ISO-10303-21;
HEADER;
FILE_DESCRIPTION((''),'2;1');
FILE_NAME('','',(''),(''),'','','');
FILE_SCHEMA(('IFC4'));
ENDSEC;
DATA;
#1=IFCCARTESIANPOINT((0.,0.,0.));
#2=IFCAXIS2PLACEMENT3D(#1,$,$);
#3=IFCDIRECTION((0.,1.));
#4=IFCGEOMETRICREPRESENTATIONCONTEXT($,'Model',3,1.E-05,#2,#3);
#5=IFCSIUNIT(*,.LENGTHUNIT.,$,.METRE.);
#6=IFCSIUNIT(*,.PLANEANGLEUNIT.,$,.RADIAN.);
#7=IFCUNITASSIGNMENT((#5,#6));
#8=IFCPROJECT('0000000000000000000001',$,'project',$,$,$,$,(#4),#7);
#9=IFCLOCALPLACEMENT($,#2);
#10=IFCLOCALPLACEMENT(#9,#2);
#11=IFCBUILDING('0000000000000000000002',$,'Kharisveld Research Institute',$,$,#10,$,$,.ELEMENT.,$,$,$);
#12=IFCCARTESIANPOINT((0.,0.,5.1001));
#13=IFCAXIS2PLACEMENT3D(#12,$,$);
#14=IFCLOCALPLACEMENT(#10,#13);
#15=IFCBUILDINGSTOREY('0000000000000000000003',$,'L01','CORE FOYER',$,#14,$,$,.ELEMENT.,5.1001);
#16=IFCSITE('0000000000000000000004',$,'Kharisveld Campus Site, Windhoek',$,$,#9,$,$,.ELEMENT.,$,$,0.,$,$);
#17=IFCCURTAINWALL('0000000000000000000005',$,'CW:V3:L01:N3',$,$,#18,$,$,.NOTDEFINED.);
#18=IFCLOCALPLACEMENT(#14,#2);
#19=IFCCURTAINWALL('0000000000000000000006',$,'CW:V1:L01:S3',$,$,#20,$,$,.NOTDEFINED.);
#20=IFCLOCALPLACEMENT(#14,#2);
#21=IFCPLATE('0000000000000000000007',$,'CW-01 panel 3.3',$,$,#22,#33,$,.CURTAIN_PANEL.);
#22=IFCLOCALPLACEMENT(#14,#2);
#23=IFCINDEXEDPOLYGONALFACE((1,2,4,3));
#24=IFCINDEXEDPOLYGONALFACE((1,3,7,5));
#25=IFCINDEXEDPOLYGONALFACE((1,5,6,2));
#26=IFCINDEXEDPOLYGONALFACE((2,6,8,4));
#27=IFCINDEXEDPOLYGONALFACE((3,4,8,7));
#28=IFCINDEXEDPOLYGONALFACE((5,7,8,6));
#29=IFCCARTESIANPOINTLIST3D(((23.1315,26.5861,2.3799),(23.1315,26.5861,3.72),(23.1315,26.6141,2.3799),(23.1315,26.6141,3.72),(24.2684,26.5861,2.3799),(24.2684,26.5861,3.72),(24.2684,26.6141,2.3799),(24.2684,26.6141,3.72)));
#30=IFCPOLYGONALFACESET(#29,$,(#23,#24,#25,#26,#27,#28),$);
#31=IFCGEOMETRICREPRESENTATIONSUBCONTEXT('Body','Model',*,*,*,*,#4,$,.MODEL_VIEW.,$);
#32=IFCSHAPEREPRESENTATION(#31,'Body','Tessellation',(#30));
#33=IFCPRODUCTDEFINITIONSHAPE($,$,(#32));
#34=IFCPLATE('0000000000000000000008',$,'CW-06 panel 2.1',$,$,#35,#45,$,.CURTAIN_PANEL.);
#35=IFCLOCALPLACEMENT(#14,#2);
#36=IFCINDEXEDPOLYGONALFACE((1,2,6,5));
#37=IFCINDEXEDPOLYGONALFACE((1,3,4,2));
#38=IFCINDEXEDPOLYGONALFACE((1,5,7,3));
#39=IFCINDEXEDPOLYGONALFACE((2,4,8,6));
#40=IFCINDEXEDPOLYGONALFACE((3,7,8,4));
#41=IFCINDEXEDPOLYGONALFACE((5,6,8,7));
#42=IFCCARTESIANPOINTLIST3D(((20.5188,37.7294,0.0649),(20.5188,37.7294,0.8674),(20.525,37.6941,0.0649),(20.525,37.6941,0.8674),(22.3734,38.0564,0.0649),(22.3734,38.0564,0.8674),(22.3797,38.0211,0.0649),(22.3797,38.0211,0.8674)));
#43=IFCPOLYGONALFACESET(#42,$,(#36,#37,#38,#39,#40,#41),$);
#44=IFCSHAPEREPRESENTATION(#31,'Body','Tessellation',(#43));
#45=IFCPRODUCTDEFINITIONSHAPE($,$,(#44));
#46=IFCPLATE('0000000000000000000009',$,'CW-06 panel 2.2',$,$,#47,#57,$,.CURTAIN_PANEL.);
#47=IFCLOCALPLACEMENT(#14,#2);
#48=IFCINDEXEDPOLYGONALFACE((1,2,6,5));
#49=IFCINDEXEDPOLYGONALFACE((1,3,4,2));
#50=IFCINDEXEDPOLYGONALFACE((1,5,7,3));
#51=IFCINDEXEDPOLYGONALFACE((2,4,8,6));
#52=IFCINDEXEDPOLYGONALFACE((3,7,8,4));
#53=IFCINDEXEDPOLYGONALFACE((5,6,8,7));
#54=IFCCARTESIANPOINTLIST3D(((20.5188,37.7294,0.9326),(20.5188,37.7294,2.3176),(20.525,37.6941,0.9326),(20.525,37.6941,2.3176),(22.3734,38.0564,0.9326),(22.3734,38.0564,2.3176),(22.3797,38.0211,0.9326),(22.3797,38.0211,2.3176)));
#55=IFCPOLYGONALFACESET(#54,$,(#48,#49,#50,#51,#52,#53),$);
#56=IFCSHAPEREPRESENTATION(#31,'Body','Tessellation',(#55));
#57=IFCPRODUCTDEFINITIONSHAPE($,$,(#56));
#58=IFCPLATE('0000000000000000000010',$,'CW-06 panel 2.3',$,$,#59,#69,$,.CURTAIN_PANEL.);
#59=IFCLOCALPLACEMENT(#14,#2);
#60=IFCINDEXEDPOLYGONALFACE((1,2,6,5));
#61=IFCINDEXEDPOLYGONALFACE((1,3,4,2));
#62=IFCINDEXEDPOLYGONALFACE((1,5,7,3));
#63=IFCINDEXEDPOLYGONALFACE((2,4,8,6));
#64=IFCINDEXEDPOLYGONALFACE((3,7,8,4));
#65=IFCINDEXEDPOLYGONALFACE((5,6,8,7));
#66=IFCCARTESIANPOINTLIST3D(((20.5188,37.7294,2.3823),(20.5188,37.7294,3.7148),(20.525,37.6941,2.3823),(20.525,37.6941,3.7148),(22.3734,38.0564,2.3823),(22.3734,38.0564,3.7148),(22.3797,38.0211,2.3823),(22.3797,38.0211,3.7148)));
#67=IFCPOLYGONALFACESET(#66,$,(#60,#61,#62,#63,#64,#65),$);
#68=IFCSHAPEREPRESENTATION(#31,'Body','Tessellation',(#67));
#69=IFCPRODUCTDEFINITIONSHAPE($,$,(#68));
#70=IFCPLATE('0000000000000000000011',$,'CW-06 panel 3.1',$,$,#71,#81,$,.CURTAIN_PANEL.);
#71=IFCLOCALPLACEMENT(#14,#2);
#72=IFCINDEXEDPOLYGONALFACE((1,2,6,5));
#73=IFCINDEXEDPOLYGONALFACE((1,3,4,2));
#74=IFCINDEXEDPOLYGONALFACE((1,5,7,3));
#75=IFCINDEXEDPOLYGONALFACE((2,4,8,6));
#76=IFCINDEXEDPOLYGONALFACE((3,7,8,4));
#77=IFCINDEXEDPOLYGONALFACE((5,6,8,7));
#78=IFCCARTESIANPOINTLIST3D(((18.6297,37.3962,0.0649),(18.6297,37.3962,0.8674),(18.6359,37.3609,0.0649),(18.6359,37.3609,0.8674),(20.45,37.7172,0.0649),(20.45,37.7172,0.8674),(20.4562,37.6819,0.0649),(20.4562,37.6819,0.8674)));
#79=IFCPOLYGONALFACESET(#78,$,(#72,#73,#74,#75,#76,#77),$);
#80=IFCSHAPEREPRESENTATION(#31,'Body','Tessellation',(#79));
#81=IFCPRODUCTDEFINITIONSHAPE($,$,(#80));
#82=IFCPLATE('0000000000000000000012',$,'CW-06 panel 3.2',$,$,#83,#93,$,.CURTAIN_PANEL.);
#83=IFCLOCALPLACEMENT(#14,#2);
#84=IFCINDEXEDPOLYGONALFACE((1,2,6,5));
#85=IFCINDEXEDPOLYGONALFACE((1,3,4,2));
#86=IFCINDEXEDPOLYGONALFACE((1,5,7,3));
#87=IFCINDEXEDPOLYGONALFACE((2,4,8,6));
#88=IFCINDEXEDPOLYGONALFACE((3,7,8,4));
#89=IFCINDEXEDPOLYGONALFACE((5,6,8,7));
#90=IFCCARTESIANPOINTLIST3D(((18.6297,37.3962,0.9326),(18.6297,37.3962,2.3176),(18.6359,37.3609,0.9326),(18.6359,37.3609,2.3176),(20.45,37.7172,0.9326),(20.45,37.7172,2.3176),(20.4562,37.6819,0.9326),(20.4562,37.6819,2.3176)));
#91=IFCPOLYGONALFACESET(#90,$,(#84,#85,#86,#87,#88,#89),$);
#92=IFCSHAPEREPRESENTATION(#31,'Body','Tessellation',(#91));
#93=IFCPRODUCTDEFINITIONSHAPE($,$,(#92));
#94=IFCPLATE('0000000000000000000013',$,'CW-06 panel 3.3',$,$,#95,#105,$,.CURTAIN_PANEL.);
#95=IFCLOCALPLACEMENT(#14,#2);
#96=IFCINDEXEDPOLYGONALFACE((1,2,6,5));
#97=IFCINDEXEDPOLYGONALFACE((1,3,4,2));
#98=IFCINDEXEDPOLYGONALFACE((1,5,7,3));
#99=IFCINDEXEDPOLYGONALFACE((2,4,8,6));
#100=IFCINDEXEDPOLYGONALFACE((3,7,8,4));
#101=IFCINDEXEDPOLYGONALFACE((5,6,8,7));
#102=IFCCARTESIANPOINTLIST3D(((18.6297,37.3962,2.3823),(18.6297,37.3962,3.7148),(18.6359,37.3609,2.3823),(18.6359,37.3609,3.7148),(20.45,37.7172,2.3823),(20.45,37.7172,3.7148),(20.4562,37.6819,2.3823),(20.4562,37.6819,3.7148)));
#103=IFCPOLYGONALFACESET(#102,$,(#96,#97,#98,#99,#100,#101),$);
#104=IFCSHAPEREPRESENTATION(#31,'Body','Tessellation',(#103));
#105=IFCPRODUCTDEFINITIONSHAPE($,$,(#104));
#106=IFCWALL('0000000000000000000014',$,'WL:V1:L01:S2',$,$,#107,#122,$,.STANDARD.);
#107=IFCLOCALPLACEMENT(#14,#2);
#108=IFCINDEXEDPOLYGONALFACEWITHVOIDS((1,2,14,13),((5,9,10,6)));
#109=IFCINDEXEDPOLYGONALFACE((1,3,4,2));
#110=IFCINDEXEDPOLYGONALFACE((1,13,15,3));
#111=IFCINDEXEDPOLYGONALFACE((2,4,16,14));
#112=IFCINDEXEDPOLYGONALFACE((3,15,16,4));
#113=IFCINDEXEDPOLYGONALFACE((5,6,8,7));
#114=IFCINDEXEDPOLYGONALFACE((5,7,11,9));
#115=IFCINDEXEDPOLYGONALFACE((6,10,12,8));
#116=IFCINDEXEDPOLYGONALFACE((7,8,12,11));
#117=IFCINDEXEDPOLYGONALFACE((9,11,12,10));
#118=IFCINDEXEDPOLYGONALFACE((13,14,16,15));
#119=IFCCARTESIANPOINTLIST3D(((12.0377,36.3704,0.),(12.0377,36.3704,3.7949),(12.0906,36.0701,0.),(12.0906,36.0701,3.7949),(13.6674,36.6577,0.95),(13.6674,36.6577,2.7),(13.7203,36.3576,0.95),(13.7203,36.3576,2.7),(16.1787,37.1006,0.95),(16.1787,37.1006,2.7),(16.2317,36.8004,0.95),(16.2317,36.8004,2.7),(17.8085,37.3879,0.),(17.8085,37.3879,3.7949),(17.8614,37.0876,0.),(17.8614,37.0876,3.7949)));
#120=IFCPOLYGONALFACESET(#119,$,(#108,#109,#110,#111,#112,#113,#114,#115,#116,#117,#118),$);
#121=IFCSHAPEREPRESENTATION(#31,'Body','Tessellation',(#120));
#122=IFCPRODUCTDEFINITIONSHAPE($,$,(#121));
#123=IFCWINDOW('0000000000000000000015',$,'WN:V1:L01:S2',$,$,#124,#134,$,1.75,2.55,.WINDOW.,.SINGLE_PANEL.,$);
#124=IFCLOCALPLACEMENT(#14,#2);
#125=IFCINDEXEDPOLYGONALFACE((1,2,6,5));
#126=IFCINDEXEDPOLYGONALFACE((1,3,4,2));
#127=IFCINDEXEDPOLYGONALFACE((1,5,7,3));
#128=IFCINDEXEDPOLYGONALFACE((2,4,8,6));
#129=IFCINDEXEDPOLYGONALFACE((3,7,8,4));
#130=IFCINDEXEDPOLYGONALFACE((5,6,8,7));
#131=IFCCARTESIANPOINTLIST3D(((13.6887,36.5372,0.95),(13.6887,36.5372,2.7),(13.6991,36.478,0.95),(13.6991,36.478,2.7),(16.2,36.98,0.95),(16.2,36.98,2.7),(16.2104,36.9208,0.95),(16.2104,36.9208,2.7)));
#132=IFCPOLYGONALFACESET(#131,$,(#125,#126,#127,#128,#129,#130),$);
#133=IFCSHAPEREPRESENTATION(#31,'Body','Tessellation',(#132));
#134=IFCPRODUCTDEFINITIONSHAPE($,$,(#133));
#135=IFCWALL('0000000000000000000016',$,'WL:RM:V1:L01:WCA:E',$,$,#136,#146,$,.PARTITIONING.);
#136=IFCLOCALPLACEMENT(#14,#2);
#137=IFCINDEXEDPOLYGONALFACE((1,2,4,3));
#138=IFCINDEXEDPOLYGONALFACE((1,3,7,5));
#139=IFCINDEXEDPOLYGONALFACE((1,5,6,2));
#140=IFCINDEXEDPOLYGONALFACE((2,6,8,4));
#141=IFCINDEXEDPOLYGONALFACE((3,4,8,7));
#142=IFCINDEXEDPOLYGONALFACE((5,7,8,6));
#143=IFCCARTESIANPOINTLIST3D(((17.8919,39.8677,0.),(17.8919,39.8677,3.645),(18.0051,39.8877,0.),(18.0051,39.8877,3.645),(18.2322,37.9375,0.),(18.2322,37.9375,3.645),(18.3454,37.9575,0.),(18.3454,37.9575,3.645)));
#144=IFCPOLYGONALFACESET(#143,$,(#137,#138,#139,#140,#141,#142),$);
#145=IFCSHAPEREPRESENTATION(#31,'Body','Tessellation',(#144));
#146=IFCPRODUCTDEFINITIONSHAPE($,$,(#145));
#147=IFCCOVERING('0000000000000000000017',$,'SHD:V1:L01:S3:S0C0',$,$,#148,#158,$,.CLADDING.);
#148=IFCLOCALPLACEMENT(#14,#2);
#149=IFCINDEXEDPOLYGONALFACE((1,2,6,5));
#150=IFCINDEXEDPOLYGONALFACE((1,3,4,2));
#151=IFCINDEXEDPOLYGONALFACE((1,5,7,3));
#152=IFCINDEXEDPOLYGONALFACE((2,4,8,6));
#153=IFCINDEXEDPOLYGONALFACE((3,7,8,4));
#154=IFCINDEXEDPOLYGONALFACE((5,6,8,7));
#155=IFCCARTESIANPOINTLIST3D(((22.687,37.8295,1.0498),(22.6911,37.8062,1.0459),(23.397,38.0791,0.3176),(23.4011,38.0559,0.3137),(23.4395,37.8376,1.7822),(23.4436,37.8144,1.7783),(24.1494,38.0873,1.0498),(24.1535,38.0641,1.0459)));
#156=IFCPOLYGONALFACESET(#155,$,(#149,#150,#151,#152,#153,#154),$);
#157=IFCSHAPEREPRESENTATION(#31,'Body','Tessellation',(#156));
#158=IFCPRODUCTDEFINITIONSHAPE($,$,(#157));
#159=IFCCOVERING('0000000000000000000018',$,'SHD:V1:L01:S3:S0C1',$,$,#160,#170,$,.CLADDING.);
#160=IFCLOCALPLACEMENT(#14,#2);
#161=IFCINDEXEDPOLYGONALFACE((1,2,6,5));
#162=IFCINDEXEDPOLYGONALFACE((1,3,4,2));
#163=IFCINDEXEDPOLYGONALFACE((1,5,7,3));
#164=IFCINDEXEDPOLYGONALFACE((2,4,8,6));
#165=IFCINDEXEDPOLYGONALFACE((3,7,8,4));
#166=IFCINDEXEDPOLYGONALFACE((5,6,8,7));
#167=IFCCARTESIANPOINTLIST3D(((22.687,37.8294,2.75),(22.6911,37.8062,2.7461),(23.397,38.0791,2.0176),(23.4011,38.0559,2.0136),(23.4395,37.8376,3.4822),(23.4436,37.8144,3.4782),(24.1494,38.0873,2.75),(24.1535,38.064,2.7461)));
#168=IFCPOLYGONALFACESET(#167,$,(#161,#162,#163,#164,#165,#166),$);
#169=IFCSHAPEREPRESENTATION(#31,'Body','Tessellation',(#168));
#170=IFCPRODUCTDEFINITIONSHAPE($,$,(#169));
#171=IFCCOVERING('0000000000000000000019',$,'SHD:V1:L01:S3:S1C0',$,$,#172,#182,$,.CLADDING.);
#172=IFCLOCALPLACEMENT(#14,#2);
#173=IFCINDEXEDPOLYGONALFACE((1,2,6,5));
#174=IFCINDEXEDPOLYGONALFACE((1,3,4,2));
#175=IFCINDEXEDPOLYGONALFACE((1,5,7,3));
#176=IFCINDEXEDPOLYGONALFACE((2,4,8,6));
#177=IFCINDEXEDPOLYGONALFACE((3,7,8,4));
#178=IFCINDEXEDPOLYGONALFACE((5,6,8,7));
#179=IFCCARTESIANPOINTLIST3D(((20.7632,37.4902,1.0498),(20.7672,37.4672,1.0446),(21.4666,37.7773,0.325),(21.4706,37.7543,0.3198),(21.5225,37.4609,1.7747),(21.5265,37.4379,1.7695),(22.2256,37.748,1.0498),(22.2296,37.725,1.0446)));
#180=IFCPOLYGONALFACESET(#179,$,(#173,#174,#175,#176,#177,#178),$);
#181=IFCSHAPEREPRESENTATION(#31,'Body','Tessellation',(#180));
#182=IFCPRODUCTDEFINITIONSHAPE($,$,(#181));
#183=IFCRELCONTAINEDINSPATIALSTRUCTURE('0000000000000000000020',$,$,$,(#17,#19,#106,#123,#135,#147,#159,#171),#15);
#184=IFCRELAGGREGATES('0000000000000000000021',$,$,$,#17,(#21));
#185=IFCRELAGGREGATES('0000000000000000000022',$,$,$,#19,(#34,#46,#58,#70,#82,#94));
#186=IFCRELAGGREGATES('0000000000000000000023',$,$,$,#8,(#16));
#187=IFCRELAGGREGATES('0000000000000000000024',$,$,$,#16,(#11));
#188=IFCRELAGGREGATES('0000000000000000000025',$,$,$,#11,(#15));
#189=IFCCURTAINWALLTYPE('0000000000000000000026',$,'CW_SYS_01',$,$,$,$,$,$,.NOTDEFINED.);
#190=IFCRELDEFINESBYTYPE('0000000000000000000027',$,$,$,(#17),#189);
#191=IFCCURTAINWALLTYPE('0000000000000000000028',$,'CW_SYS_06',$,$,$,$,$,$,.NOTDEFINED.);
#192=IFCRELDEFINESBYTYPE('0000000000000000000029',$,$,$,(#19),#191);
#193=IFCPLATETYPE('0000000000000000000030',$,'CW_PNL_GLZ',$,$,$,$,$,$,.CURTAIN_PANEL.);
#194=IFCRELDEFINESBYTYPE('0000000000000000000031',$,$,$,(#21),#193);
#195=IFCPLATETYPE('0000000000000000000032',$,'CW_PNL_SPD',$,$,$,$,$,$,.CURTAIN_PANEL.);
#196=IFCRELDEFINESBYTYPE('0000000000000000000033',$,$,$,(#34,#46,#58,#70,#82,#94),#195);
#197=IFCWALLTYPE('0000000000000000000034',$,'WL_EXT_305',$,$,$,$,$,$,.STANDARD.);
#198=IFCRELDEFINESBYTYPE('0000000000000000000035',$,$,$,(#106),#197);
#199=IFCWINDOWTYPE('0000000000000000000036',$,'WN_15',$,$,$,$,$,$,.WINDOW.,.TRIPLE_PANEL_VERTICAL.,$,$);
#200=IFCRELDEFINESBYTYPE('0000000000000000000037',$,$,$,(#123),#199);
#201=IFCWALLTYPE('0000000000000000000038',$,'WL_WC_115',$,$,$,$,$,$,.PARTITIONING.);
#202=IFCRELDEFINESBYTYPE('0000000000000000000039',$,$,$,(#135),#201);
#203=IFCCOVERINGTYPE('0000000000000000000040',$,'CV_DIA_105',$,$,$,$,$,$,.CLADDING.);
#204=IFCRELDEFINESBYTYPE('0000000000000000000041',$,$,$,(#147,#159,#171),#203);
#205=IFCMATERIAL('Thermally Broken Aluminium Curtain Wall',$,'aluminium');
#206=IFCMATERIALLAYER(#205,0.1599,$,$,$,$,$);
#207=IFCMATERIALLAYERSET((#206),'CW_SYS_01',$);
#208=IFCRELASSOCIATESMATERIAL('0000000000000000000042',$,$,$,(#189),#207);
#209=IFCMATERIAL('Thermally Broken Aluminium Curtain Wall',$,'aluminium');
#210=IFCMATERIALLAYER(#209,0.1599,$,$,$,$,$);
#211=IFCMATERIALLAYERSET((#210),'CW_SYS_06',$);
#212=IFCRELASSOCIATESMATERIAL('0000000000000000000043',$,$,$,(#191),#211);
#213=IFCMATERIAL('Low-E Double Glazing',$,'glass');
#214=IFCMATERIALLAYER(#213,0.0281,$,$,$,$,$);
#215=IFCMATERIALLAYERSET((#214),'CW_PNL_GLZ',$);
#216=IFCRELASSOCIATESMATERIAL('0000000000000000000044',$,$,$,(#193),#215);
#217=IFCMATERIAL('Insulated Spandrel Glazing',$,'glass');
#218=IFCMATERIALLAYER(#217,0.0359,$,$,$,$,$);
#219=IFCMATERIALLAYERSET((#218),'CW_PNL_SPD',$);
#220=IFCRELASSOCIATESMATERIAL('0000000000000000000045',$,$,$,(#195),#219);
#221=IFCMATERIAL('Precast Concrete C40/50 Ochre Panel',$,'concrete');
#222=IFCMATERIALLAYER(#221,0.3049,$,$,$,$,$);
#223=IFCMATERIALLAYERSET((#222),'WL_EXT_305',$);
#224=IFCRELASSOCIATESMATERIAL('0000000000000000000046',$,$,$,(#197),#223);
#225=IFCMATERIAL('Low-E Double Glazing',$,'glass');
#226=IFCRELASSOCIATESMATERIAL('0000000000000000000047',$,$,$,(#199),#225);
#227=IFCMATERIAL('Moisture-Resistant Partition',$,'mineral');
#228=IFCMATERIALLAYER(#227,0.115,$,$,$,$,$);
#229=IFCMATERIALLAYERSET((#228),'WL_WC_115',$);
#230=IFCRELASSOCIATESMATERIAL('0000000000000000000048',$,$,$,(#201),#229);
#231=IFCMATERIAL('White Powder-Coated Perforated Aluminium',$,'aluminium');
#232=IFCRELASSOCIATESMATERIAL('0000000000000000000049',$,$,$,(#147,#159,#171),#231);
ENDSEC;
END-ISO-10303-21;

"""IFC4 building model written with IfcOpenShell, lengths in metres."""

from ifc_helpers import new_model, si_unit, direction, frame, frame_2d, origin, origin_2d, place, context, subcontext, project, spatial, polyline, rectangle, outline, extrude, material, layer, layer_set, type_object, element, fill, aggregate, save


model = new_model("IFC4")

# Units and contexts
model_context = context("Model", 3, precision=1e-05, world=origin(), true_north=direction((0.0, 1.0)))
body_context = subcontext(model_context, "Body", "Model", "MODEL_VIEW")
ifc_project = project(units=[si_unit("LENGTHUNIT", "METRE"), si_unit("PLANEANGLEUNIT", "RADIAN")], contexts=[model_context])

# Site, building, storey
site_placement = place(None, origin())
site = spatial("IfcSite", under=ifc_project, at=site_placement, Name="Kharisveld Campus Site, Windhoek", CompositionType="ELEMENT", RefElevation=0.0)
building_placement = place(site_placement, origin())
building = spatial("IfcBuilding", under=site, at=building_placement, Name="Kharisveld Research Institute", CompositionType="ELEMENT")
storey_placement = place(building_placement, frame((0.0, 0.0, 5.1001)))
storey = spatial("IfcBuildingStorey", under=building, at=storey_placement, Name="L01", Description="CORE FOYER", CompositionType="ELEMENT", Elevation=5.1001)

# Curtain wall
ifc_material_1 = material(Name="Thermally Broken Aluminium Curtain Wall", Category="aluminium")
ifc_layer_1 = layer(ifc_material_1, 0.1599)
ifc_layer_set_1 = layer_set([ifc_layer_1], Name="CW_SYS_01")
curtain_wall_type_1 = type_object("IfcCurtainWallType", Name="CW_SYS_01", PredefinedType="NOTDEFINED", material=ifc_layer_set_1)
curtain_wall_1_placement = place(storey_placement, origin())
curtain_wall_1 = element("IfcCurtainWall", 1, at=curtain_wall_1_placement, inside=storey, type_object=curtain_wall_type_1, Name="CW:V3:L01:N3", PredefinedType="NOTDEFINED")

# Curtain wall
ifc_material_2 = material(Name="Thermally Broken Aluminium Curtain Wall", Category="aluminium")
ifc_layer_2 = layer(ifc_material_2, 0.1599)
ifc_layer_set_2 = layer_set([ifc_layer_2], Name="CW_SYS_06")
curtain_wall_type_2 = type_object("IfcCurtainWallType", Name="CW_SYS_06", PredefinedType="NOTDEFINED", material=ifc_layer_set_2)
curtain_wall_2_placement = place(storey_placement, origin())
curtain_wall_2 = element("IfcCurtainWall", 2, at=curtain_wall_2_placement, inside=storey, type_object=curtain_wall_type_2, Name="CW:V1:L01:S3", PredefinedType="NOTDEFINED")

# Plates
ifc_material_3 = material(Name="Low-E Double Glazing", Category="glass")
ifc_layer_3 = layer(ifc_material_3, 0.0281)
ifc_layer_set_3 = layer_set([ifc_layer_3], Name="CW_PNL_GLZ")
plate_type_1 = type_object("IfcPlateType", Name="CW_PNL_GLZ", PredefinedType="CURTAIN_PANEL", material=ifc_layer_set_3)
plate_1_placement = place(storey_placement, frame((23.7, 26.6001, 2.3799), z_axis=(0.0, 0.0, 1.0), x_axis=(1.0, 0.0, 0.0)))
plate_1 = element("IfcPlate", 3, at=plate_1_placement, type_object=plate_type_1, Name="CW-01 panel 3.3", PredefinedType="CURTAIN_PANEL", context=body_context, shape_type="SweptSolid", body=[
    extrude(rectangle(XDim=1.137, YDim=0.0281, at=origin_2d()), origin(), (0.0, 0.0, 1.0), 1.3401),
])
aggregate(curtain_wall_1, [plate_1])
ifc_material_4 = material(Name="Insulated Spandrel Glazing", Category="glass")
ifc_layer_4 = layer(ifc_material_4, 0.0359)
ifc_layer_set_4 = layer_set([ifc_layer_4], Name="CW_PNL_SPD")
plate_type_2 = type_object("IfcPlateType", Name="CW_PNL_SPD", PredefinedType="CURTAIN_PANEL", material=ifc_layer_set_4)
plate_2_placement = place(storey_placement, frame((21.4492, 37.8752, 0.0649), z_axis=(0.0, 0.0, 1.0), x_axis=(-0.984808, -0.173648, 0.0)))
plate_2 = element("IfcPlate", 4, at=plate_2_placement, type_object=plate_type_2, Name="CW-06 panel 2.1", PredefinedType="CURTAIN_PANEL", context=body_context, shape_type="SweptSolid", body=[
    extrude(rectangle(XDim=1.8833, YDim=0.0359, at=origin_2d()), origin(), (0.0, 0.0, 1.0), 0.8025),
])
plate_3_placement = place(storey_placement, frame((21.4492, 37.8752, 0.9326), z_axis=(0.0, 0.0, 1.0), x_axis=(-0.984808, -0.173648, 0.0)))
plate_3 = element("IfcPlate", 5, at=plate_3_placement, type_object=plate_type_2, Name="CW-06 panel 2.2", PredefinedType="CURTAIN_PANEL", context=body_context, shape_type="SweptSolid", body=[
    extrude(rectangle(XDim=1.8833, YDim=0.0359, at=origin_2d()), origin(), (0.0, 0.0, 1.0), 1.385),
])
plate_4_placement = place(storey_placement, frame((21.4492, 37.8752, 2.3823), z_axis=(0.0, 0.0, 1.0), x_axis=(-0.984808, -0.173648, 0.0)))
plate_4 = element("IfcPlate", 6, at=plate_4_placement, type_object=plate_type_2, Name="CW-06 panel 2.3", PredefinedType="CURTAIN_PANEL", context=body_context, shape_type="SweptSolid", body=[
    extrude(rectangle(XDim=1.8833, YDim=0.0359, at=origin_2d()), origin(), (0.0, 0.0, 1.0), 1.3325),
])
plate_5_placement = place(storey_placement, frame((19.543, 37.5391, 0.0649), z_axis=(0.0, 0.0, 1.0), x_axis=(-0.984808, -0.173648, 0.0)))
plate_5 = element("IfcPlate", 7, at=plate_5_placement, type_object=plate_type_2, Name="CW-06 panel 3.1", PredefinedType="CURTAIN_PANEL", context=body_context, shape_type="SweptSolid", body=[
    extrude(rectangle(XDim=1.8484, YDim=0.0359, at=origin_2d()), origin(), (0.0, 0.0, 1.0), 0.8025),
])
plate_6_placement = place(storey_placement, frame((19.543, 37.5391, 0.9326), z_axis=(0.0, 0.0, 1.0), x_axis=(-0.984808, -0.173648, 0.0)))
plate_6 = element("IfcPlate", 8, at=plate_6_placement, type_object=plate_type_2, Name="CW-06 panel 3.2", PredefinedType="CURTAIN_PANEL", context=body_context, shape_type="SweptSolid", body=[
    extrude(rectangle(XDim=1.8484, YDim=0.0359, at=origin_2d()), origin(), (0.0, 0.0, 1.0), 1.385),
])
plate_7_placement = place(storey_placement, frame((19.543, 37.5391, 2.3823), z_axis=(0.0, 0.0, 1.0), x_axis=(-0.984808, -0.173648, 0.0)))
plate_7 = element("IfcPlate", 9, at=plate_7_placement, type_object=plate_type_2, Name="CW-06 panel 3.3", PredefinedType="CURTAIN_PANEL", context=body_context, shape_type="SweptSolid", body=[
    extrude(rectangle(XDim=1.8484, YDim=0.0359, at=origin_2d()), origin(), (0.0, 0.0, 1.0), 1.3325),
])
aggregate(curtain_wall_2, [plate_2, plate_3, plate_4, plate_5, plate_6, plate_7])

# Wall, opening, window
ifc_material_5 = material(Name="Precast Concrete C40/50 Ochre Panel", Category="concrete")
ifc_layer_5 = layer(ifc_material_5, 0.3049)
ifc_layer_set_5 = layer_set([ifc_layer_5], Name="WL_EXT_305")
wall_type_1 = type_object("IfcWallType", Name="WL_EXT_305", PredefinedType="STANDARD", material=ifc_layer_set_5)
wall_1_placement = place(storey_placement, frame((17.835, 37.2378, 0.0), z_axis=(0.0, 0.0, 1.0), x_axis=(-0.984807, -0.173655, 0.0)))
wall_1 = element("IfcWall", 10, at=wall_1_placement, inside=storey, type_object=wall_type_1, Name="WL:V1:L01:S2", PredefinedType="STANDARD", context=body_context, shape_type="SweptSolid", body=[
    extrude(rectangle(XDim=5.8599, YDim=0.3049, at=frame_2d((2.9299, 0.0))), origin(), (0.0, 0.0, 1.0), 3.7949),
])
opening_placement = place(wall_1_placement, frame((1.655, 0.0, 0.95)))
opening = element("IfcOpeningElement", 11, at=opening_placement, cuts=wall_1, PredefinedType="OPENING", context=body_context, shape_type="SweptSolid", body=[
    extrude(rectangle(XDim=2.55, YDim=1.75, at=frame_2d((1.2749, 0.875))), frame((0.0, 0.1523, 0.0), z_axis=(0.0, -1.0, 0.0), x_axis=(1.0, 0.0, 0.0)), (0.0, 0.0, 1.0), 0.3049),
])
ifc_material_6 = material(Name="Low-E Double Glazing", Category="glass")
window_type = type_object("IfcWindowType", Name="WN_15", PartitioningType="TRIPLE_PANEL_VERTICAL", PredefinedType="WINDOW", material=ifc_material_6)
window_placement = place(opening_placement, origin())
window = element("IfcWindow", 12, at=window_placement, inside=storey, type_object=window_type, Name="WN:V1:L01:S2", OverallHeight=1.75, OverallWidth=2.55, PartitioningType="SINGLE_PANEL", PredefinedType="WINDOW", context=body_context, shape_type="SweptSolid", body=[
    extrude(rectangle(XDim=2.55, YDim=1.75, at=frame_2d((1.2749, 0.875))), frame((0.0, 0.03, 0.0), z_axis=(0.0, -1.0, 0.0), x_axis=(1.0, 0.0, 0.0)), (0.0, 0.0, 1.0), 0.0601),
])
fill(opening, window)

# Wall
ifc_material_7 = material(Name="Moisture-Resistant Partition", Category="mineral")
ifc_layer_6 = layer(ifc_material_7, 0.115)
ifc_layer_set_6 = layer_set([ifc_layer_6], Name="WL_WC_115")
wall_type_2 = type_object("IfcWallType", Name="WL_WC_115", PredefinedType="PARTITIONING", material=ifc_layer_set_6)
wall_2_placement = place(storey_placement, frame((18.2888, 37.9475, 0.0), z_axis=(0.0, 0.0, 1.0), x_axis=(-0.173643, 0.984809, 0.0)))
element("IfcWall", 13, at=wall_2_placement, inside=storey, type_object=wall_type_2, Name="WL:RM:V1:L01:WCA:E", PredefinedType="PARTITIONING", context=body_context, shape_type="SweptSolid", body=[
    extrude(rectangle(XDim=1.96, YDim=0.115, at=frame_2d((0.98, 0.0))), origin(), (0.0, 0.0, 1.0), 3.645),
])

# Coverings
ifc_material_8 = material(Name="White Powder-Coated Perforated Aluminium", Category="aluminium")
covering_type = type_object("IfcCoveringType", Name="CV_DIA_105", PredefinedType="CLADDING")
covering_1_placement = place(storey_placement, frame((23.397, 38.0791, 0.3176), z_axis=(-0.171234, 0.971299, 0.165096), x_axis=(-0.676174, -0.237734, 0.697332)))
element("IfcCovering", 14, at=covering_1_placement, inside=storey, type_object=covering_type, material=ifc_material_8, Name="SHD:V1:L01:S3:S0C0", PredefinedType="CLADDING", context=body_context, shape_type="SweptSolid", body=[
    extrude(outline(polyline([(0.0, 0.0), (1.05, 0.0), (1.05, 1.0501), (-0.0001, 1.0499), (0.0, 0.0)])), origin(), (0.0, 0.0, -1.0), 0.0239),
])
covering_2_placement = place(storey_placement, frame((23.397, 38.0791, 2.0176), z_axis=(-0.171234, 0.971299, 0.165096), x_axis=(-0.676058, -0.237732, 0.697445)))
element("IfcCovering", 15, at=covering_2_placement, inside=storey, type_object=covering_type, material=ifc_material_8, Name="SHD:V1:L01:S3:S0C1", PredefinedType="CLADDING", context=body_context, shape_type="SweptSolid", body=[
    extrude(outline(polyline([(0.0, 0.0), (1.0502, 0.0), (1.0502, 1.0499), (0.0002, 1.0501), (0.0, 0.0)])), origin(), (0.0, 0.0, -1.0), 0.0239),
])
for number, where, z_axis, x_axis, name in (
    (16, (21.4666, 37.7773, 0.325), (-0.169503, 0.961481, 0.216385), (-0.66985, -0.273447, 0.69031), "SHD:V1:L01:S3:S1C0"),
):
    element("IfcCovering", number, at=place(storey_placement, frame(where, z_axis=z_axis, x_axis=x_axis)), inside=storey, type_object=covering_type, material=ifc_material_8, Name=name, PredefinedType="CLADDING", context=body_context, shape_type="SweptSolid", body=[
        extrude(outline(polyline([(0.0, 0.0), (1.05, 0.0), (1.0498, 1.0501), (-0.0001, 1.05), (0.0, 0.0)])), origin(), (0.0, 0.0, -1.0), 0.0239),
    ])

save(model, "model.ifc")
